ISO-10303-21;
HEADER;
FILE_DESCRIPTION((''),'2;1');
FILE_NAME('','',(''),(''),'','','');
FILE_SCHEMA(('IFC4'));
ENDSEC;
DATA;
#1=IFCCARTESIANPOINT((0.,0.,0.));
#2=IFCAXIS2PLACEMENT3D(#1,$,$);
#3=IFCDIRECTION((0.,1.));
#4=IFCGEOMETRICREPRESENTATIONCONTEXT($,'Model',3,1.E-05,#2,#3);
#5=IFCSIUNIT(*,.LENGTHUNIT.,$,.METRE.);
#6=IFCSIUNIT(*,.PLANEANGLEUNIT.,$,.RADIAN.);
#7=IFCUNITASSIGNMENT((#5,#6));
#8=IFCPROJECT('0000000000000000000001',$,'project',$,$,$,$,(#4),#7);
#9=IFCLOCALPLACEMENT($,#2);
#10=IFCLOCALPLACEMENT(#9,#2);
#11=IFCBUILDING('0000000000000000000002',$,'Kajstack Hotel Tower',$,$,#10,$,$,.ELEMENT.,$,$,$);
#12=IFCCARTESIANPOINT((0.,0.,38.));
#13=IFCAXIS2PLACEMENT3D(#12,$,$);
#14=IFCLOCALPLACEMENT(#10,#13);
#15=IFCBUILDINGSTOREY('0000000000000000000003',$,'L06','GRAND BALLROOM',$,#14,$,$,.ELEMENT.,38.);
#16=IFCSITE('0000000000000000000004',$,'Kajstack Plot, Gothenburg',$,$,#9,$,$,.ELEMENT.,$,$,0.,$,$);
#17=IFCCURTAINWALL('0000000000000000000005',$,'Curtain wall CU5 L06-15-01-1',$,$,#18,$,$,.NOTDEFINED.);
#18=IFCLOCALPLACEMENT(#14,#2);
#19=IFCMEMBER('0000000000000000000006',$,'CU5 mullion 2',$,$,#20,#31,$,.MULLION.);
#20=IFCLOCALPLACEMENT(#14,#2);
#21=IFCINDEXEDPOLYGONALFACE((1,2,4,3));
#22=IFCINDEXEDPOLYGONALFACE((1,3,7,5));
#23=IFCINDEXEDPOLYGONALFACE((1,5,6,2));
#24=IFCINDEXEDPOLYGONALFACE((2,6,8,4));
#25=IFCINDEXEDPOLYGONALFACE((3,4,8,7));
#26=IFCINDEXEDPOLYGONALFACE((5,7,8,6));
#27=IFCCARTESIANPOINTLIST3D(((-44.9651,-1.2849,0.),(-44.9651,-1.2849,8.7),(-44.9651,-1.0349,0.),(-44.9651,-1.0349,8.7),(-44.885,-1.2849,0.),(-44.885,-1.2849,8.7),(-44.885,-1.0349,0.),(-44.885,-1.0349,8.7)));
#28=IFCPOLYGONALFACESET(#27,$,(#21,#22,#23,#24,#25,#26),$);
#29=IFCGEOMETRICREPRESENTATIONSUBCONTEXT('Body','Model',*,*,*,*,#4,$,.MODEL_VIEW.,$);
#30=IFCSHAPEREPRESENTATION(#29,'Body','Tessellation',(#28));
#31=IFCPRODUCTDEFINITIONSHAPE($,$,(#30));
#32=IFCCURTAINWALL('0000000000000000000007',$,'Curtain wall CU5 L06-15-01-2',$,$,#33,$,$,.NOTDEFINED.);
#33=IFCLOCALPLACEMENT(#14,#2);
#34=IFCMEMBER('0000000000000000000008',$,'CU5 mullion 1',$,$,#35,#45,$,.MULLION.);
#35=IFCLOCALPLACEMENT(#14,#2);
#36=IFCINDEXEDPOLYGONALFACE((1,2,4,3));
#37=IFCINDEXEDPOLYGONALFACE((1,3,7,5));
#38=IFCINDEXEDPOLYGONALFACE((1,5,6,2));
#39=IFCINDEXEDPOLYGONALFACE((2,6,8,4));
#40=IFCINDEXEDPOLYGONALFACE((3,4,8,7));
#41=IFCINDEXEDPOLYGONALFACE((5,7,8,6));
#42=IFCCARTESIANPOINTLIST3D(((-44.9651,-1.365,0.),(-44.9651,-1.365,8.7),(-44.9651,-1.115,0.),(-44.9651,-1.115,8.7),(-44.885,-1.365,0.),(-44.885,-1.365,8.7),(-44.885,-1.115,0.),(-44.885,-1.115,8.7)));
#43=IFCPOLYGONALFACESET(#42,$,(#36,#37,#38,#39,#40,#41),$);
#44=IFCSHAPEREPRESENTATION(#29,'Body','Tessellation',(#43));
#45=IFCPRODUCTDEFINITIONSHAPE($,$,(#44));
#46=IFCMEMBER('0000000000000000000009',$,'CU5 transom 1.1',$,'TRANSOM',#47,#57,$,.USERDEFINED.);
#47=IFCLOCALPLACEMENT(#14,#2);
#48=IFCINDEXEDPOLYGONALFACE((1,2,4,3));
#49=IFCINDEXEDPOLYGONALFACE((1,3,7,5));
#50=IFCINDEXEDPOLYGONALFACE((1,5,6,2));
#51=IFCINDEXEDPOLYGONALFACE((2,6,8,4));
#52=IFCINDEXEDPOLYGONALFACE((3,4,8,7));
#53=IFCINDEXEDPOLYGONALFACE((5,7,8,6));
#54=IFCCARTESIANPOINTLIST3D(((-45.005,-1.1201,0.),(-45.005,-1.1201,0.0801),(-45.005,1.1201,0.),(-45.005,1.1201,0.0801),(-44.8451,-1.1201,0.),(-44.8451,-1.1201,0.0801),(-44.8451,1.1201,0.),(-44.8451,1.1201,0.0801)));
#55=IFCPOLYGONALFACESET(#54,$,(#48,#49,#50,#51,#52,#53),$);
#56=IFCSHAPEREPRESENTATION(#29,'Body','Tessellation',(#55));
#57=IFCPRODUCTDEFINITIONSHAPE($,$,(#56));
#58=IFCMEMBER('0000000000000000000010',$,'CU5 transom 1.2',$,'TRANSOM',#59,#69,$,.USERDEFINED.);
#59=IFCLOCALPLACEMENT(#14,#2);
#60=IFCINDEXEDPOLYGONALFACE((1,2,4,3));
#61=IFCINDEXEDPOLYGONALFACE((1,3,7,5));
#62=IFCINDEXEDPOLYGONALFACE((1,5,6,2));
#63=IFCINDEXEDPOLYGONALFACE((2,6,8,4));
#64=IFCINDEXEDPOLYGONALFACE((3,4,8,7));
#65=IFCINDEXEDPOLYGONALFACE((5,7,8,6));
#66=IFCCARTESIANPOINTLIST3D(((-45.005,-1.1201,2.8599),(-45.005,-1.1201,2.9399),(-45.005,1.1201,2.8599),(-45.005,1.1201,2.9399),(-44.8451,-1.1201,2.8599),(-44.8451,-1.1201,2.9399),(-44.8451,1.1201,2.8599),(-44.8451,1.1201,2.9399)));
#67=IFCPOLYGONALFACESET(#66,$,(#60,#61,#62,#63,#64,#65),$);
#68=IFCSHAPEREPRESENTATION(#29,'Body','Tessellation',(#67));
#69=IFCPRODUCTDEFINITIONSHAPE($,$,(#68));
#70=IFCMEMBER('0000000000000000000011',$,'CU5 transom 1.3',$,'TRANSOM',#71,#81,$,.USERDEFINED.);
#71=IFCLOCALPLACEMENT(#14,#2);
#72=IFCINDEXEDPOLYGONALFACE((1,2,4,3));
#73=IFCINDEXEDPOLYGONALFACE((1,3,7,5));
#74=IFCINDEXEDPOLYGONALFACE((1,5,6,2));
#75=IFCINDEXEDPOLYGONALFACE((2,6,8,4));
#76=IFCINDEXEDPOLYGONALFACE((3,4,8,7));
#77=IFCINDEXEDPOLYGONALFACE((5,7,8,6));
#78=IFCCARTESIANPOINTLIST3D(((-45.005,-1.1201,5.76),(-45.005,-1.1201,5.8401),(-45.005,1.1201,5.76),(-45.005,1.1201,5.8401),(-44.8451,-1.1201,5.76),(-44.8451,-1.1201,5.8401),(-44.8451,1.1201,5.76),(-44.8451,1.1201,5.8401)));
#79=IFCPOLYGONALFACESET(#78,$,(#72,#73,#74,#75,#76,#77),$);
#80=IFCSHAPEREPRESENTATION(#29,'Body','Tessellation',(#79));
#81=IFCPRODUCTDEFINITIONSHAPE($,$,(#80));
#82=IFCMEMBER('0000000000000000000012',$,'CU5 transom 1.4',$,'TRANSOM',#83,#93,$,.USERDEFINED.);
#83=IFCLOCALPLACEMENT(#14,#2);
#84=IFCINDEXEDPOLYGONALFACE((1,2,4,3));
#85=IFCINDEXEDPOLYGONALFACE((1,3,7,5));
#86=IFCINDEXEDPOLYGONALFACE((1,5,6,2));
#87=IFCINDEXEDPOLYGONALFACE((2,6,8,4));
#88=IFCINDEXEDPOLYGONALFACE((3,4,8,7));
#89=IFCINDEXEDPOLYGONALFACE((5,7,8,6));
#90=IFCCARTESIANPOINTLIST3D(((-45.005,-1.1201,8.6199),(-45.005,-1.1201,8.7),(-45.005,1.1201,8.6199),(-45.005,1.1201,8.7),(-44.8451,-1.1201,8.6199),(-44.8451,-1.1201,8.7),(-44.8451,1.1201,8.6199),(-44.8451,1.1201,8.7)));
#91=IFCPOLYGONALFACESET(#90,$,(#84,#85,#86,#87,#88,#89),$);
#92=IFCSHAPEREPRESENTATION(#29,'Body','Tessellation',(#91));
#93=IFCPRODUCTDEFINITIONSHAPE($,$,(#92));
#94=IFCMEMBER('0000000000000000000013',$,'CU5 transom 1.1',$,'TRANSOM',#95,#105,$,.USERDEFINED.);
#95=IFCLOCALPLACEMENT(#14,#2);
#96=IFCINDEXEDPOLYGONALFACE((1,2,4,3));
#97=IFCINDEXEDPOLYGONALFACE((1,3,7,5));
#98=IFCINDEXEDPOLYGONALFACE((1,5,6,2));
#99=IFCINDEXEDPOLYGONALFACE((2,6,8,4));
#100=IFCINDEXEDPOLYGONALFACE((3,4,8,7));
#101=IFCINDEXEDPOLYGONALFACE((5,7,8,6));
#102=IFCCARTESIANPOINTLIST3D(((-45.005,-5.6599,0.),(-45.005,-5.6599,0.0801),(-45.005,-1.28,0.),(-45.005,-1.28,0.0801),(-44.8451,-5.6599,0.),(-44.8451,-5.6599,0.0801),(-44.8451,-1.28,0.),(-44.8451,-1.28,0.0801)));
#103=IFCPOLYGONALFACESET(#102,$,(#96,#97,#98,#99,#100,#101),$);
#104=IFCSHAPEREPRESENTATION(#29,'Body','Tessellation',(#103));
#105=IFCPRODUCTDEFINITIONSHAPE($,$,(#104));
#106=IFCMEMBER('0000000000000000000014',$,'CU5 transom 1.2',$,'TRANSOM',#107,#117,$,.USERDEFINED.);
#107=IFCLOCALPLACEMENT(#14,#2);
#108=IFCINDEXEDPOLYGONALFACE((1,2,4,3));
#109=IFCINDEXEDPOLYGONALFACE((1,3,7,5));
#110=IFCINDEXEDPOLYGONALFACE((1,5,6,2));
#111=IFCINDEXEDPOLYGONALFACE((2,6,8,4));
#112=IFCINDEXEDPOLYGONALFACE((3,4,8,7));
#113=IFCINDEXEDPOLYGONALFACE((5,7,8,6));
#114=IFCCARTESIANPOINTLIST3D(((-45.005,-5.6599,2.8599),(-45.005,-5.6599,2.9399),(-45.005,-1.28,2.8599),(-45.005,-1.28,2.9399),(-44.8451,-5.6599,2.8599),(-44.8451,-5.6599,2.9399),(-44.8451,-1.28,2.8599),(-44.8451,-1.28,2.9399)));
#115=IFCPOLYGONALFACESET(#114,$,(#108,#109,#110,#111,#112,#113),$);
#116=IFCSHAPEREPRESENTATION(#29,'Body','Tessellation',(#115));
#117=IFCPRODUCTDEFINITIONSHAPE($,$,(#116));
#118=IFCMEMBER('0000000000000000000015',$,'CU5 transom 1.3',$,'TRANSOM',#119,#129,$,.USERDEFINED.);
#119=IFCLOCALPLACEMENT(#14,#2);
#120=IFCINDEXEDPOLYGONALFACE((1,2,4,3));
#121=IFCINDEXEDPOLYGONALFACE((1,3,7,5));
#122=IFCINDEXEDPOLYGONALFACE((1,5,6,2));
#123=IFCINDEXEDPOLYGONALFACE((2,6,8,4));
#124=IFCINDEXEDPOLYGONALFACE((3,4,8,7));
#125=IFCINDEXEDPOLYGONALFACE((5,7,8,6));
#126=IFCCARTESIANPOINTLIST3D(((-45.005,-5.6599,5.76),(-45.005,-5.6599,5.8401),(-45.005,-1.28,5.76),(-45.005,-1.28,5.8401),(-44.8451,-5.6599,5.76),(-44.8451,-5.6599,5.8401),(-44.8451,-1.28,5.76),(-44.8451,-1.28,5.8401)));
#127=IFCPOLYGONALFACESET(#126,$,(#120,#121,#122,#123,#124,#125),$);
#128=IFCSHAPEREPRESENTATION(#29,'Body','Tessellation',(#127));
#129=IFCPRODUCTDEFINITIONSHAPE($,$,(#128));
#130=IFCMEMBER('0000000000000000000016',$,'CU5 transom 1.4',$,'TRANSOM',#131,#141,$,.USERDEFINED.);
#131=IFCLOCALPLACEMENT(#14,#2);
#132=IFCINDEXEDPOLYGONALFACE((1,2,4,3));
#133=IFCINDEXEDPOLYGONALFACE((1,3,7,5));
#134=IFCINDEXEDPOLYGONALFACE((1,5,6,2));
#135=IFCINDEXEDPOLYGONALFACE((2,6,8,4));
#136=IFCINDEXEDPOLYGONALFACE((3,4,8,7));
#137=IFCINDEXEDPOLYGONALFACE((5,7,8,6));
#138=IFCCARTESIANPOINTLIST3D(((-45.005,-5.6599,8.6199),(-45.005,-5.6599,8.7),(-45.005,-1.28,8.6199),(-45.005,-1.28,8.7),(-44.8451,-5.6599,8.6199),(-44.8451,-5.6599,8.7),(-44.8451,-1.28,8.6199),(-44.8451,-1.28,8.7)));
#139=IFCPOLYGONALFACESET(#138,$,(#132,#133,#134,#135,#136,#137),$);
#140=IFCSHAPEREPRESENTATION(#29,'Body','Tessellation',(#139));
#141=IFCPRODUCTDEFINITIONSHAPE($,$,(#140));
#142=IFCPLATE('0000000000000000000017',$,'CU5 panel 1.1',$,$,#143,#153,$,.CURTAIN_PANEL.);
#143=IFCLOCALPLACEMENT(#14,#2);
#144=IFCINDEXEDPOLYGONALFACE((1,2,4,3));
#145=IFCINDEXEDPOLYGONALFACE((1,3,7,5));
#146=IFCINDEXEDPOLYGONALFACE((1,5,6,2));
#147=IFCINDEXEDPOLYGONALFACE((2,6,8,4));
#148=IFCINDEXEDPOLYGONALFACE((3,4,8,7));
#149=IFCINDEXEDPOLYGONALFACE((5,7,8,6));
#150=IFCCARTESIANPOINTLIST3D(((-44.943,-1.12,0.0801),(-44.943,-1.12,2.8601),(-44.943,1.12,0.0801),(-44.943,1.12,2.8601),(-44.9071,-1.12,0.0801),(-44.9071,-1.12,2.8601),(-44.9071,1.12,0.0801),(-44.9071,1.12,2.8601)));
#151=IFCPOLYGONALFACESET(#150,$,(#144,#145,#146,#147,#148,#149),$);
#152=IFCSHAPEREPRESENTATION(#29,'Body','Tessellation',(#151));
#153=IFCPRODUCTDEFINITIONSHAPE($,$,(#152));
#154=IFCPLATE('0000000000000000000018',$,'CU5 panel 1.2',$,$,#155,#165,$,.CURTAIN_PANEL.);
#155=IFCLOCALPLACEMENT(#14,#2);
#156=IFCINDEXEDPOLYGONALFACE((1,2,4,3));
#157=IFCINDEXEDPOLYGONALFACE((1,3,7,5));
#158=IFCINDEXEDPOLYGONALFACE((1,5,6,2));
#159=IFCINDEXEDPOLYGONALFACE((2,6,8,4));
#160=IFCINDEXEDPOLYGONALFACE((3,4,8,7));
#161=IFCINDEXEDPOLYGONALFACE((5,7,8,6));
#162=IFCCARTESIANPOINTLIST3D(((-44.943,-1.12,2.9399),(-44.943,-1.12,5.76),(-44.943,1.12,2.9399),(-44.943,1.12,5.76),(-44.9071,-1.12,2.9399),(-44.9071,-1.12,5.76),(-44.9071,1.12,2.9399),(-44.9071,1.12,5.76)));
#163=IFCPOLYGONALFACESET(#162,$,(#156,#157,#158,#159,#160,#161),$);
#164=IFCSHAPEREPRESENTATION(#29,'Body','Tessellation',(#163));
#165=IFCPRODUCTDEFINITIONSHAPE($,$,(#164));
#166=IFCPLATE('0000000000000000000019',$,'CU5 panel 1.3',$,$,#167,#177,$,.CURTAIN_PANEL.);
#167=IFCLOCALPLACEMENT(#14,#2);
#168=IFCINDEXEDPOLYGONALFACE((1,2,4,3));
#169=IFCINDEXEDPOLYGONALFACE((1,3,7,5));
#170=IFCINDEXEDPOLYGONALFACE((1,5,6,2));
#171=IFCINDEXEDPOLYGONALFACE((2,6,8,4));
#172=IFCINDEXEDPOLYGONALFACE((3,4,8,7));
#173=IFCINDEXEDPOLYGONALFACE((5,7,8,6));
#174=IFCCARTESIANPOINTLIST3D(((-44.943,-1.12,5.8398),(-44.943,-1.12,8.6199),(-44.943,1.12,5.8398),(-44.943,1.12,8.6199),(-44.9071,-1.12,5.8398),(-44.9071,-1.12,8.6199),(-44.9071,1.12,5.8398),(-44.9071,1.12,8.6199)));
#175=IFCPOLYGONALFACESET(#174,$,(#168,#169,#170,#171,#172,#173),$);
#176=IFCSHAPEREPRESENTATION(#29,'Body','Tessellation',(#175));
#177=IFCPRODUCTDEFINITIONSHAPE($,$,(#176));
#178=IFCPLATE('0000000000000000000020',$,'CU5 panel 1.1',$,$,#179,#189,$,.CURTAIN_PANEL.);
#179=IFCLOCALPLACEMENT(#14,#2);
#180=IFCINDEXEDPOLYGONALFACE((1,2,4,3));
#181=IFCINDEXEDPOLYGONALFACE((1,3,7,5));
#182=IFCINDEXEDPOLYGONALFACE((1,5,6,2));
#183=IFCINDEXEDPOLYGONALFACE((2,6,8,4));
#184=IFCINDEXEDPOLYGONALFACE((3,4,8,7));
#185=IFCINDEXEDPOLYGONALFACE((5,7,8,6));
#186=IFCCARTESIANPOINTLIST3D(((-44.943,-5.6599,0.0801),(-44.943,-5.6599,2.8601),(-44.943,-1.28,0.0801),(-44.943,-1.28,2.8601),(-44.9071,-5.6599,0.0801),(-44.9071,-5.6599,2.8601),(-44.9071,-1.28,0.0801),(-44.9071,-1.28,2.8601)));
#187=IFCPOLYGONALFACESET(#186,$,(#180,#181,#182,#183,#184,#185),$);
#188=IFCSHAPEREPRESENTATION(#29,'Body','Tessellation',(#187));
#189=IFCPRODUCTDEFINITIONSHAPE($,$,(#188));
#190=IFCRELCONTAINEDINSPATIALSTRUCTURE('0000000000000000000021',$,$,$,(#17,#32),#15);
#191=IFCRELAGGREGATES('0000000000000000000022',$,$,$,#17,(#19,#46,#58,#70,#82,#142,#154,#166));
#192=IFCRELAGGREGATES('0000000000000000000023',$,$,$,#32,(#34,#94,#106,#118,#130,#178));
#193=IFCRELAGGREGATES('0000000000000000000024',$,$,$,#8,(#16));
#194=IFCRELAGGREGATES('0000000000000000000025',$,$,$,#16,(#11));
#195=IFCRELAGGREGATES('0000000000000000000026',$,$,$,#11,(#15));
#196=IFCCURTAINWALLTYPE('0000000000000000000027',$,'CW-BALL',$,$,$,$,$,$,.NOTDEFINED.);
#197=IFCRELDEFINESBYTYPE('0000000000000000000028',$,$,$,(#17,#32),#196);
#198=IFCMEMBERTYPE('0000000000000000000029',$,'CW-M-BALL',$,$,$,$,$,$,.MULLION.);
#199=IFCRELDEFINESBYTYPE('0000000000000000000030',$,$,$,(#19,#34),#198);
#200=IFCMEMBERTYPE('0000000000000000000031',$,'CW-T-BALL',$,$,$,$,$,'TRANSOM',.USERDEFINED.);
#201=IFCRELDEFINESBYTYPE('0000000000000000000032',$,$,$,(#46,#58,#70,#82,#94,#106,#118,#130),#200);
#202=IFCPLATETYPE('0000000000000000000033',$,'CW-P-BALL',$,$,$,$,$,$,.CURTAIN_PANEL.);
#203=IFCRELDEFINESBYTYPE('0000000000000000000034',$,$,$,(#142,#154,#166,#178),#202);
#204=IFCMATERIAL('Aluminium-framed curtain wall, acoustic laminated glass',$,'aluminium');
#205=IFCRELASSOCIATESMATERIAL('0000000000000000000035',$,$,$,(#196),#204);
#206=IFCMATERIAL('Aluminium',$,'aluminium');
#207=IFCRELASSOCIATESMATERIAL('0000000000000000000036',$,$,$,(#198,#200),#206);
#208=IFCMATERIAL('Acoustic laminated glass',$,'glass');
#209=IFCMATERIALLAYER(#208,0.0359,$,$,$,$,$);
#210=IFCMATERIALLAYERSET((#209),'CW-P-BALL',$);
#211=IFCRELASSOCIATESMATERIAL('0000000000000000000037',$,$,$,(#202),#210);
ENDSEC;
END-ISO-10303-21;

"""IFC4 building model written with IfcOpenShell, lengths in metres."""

from ifc_helpers import new_model, si_unit, direction, frame, origin, origin_2d, place, context, subcontext, project, spatial, rectangle, extrude, material, layer, layer_set, material_profile, profile_set, type_object, element, aggregate, save


model = new_model("IFC4")

# Units and contexts
model_context = context("Model", 3, precision=1e-05, world=origin(), true_north=direction((0.0, 1.0)))
body_context = subcontext(model_context, "Body", "Model", "MODEL_VIEW")
ifc_project = project(units=[si_unit("LENGTHUNIT", "METRE"), si_unit("PLANEANGLEUNIT", "RADIAN")], contexts=[model_context])

# Site, building, storey
site_placement = place(None, origin())
site = spatial("IfcSite", under=ifc_project, at=site_placement, Name="Kajstack Plot, Gothenburg", CompositionType="ELEMENT", RefElevation=0.0)
building_placement = place(site_placement, origin())
building = spatial("IfcBuilding", under=site, at=building_placement, Name="Kajstack Hotel Tower", CompositionType="ELEMENT")
storey_placement = place(building_placement, frame((0.0, 0.0, 38.0)))
storey = spatial("IfcBuildingStorey", under=building, at=storey_placement, Name="L06", Description="GRAND BALLROOM", CompositionType="ELEMENT", Elevation=38.0)

# Curtain walls, members
ifc_material_1 = material(Name="Aluminium-framed curtain wall, acoustic laminated glass", Category="aluminium")
curtain_wall_type = type_object("IfcCurtainWallType", Name="CW-BALL", PredefinedType="NOTDEFINED", material=ifc_material_1)
curtain_wall_1_placement = place(storey_placement, origin())
curtain_wall_1 = element("IfcCurtainWall", 1, at=curtain_wall_1_placement, inside=storey, type_object=curtain_wall_type, Name="Curtain wall CU5 L06-15-01-1", PredefinedType="NOTDEFINED")
ifc_material_2 = material(Name="Aluminium", Category="aluminium")
ifc_material_profile_1 = material_profile(ifc_material_2, rectangle(XDim=0.0801, YDim=0.25, at=origin_2d()), Name="Aluminium mullion 80 x 250")
ifc_profile_set_1 = profile_set([ifc_material_profile_1], Name="Aluminium")
member_type_1 = type_object("IfcMemberType", Name="CW-M-BALL", PredefinedType="MULLION", material=ifc_profile_set_1)
member_1_placement = place(storey_placement, frame((-44.925, -1.1599, 0.0), z_axis=(0.0, 0.0, 1.0), x_axis=(1.0, 0.0, 0.0)))
member_1 = element("IfcMember", 2, at=member_1_placement, type_object=member_type_1, Name="CU5 mullion 2", PredefinedType="MULLION", context=body_context, shape_type="SweptSolid", body=[
    extrude(rectangle(XDim=0.0801, YDim=0.25, at=origin_2d()), origin(), (0.0, 0.0, 1.0), 8.7),
])
curtain_wall_2_placement = place(storey_placement, origin())
curtain_wall_2 = element("IfcCurtainWall", 3, at=curtain_wall_2_placement, inside=storey, type_object=curtain_wall_type, Name="Curtain wall CU5 L06-15-01-2", PredefinedType="NOTDEFINED")
member_2_placement = place(storey_placement, frame((-44.925, -1.24, 0.0), z_axis=(0.0, 0.0, 1.0), x_axis=(1.0, 0.0, 0.0)))
member_2 = element("IfcMember", 4, at=member_2_placement, type_object=member_type_1, Name="CU5 mullion 1", PredefinedType="MULLION", context=body_context, shape_type="SweptSolid", body=[
    extrude(rectangle(XDim=0.0801, YDim=0.25, at=origin_2d()), origin(), (0.0, 0.0, 1.0), 8.7),
])

# Members
ifc_material_profile_2 = material_profile(ifc_material_2, rectangle(XDim=0.1599, YDim=0.0801, at=origin_2d()), Name="Aluminium transom 160 x 80")
ifc_profile_set_2 = profile_set([ifc_material_profile_2], Name="Aluminium")
member_type_2 = type_object("IfcMemberType", Name="CW-T-BALL", ElementType="TRANSOM", PredefinedType="USERDEFINED", material=ifc_profile_set_2)
member_3_placement = place(storey_placement, frame((-44.925, 1.1201, 0.04), z_axis=(0.0, -1.0, 0.0), x_axis=(1.0, 0.0, 0.0)))
member_3 = element("IfcMember", 5, at=member_3_placement, type_object=member_type_2, Name="CU5 transom 1.1", ObjectType="TRANSOM", PredefinedType="USERDEFINED", context=body_context, shape_type="SweptSolid", body=[
    extrude(rectangle(XDim=0.1599, YDim=0.0801, at=origin_2d()), origin(), (0.0, 0.0, 1.0), 2.2402),
])
member_4_placement = place(storey_placement, frame((-44.925, 1.1201, 2.8999), z_axis=(0.0, -1.0, 0.0), x_axis=(1.0, 0.0, 0.0)))
member_4 = element("IfcMember", 6, at=member_4_placement, type_object=member_type_2, Name="CU5 transom 1.2", ObjectType="TRANSOM", PredefinedType="USERDEFINED", context=body_context, shape_type="SweptSolid", body=[
    extrude(rectangle(XDim=0.1599, YDim=0.0801, at=origin_2d()), origin(), (0.0, 0.0, 1.0), 2.2402),
])
member_5_placement = place(storey_placement, frame((-44.925, 1.1201, 5.8), z_axis=(0.0, -1.0, 0.0), x_axis=(1.0, 0.0, 0.0)))
member_5 = element("IfcMember", 7, at=member_5_placement, type_object=member_type_2, Name="CU5 transom 1.3", ObjectType="TRANSOM", PredefinedType="USERDEFINED", context=body_context, shape_type="SweptSolid", body=[
    extrude(rectangle(XDim=0.1599, YDim=0.0801, at=origin_2d()), origin(), (0.0, 0.0, 1.0), 2.2402),
])
member_6_placement = place(storey_placement, frame((-44.925, 1.1201, 8.6599), z_axis=(0.0, -1.0, 0.0), x_axis=(1.0, 0.0, 0.0)))
member_6 = element("IfcMember", 8, at=member_6_placement, type_object=member_type_2, Name="CU5 transom 1.4", ObjectType="TRANSOM", PredefinedType="USERDEFINED", context=body_context, shape_type="SweptSolid", body=[
    extrude(rectangle(XDim=0.1599, YDim=0.0801, at=origin_2d()), origin(), (0.0, 0.0, 1.0), 2.2402),
])
member_7_placement = place(storey_placement, frame((-44.925, -1.28, 0.04), z_axis=(0.0, -1.0, 0.0), x_axis=(1.0, 0.0, 0.0)))
member_7 = element("IfcMember", 9, at=member_7_placement, type_object=member_type_2, Name="CU5 transom 1.1", ObjectType="TRANSOM", PredefinedType="USERDEFINED", context=body_context, shape_type="SweptSolid", body=[
    extrude(rectangle(XDim=0.1599, YDim=0.0801, at=origin_2d()), origin(), (0.0, 0.0, 1.0), 4.3799),
])
member_8_placement = place(storey_placement, frame((-44.925, -1.28, 2.8999), z_axis=(0.0, -1.0, 0.0), x_axis=(1.0, 0.0, 0.0)))
member_8 = element("IfcMember", 10, at=member_8_placement, type_object=member_type_2, Name="CU5 transom 1.2", ObjectType="TRANSOM", PredefinedType="USERDEFINED", context=body_context, shape_type="SweptSolid", body=[
    extrude(rectangle(XDim=0.1599, YDim=0.0801, at=origin_2d()), origin(), (0.0, 0.0, 1.0), 4.3799),
])
member_9_placement = place(storey_placement, frame((-44.925, -1.28, 5.8), z_axis=(0.0, -1.0, 0.0), x_axis=(1.0, 0.0, 0.0)))
member_9 = element("IfcMember", 11, at=member_9_placement, type_object=member_type_2, Name="CU5 transom 1.3", ObjectType="TRANSOM", PredefinedType="USERDEFINED", context=body_context, shape_type="SweptSolid", body=[
    extrude(rectangle(XDim=0.1599, YDim=0.0801, at=origin_2d()), origin(), (0.0, 0.0, 1.0), 4.3799),
])
member_10_placement = place(storey_placement, frame((-44.925, -1.28, 8.6599), z_axis=(0.0, -1.0, 0.0), x_axis=(1.0, 0.0, 0.0)))
member_10 = element("IfcMember", 12, at=member_10_placement, type_object=member_type_2, Name="CU5 transom 1.4", ObjectType="TRANSOM", PredefinedType="USERDEFINED", context=body_context, shape_type="SweptSolid", body=[
    extrude(rectangle(XDim=0.1599, YDim=0.0801, at=origin_2d()), origin(), (0.0, 0.0, 1.0), 4.3799),
])

# Plates
ifc_material_3 = material(Name="Acoustic laminated glass", Category="glass")
ifc_layer_1 = layer(ifc_material_3, 0.0359)
ifc_layer_set_1 = layer_set([ifc_layer_1], Name="CW-P-BALL")
plate_type = type_object("IfcPlateType", Name="CW-P-BALL", PredefinedType="CURTAIN_PANEL", material=ifc_layer_set_1)
plate_1_placement = place(storey_placement, frame((-44.925, 0.0, 0.0801), z_axis=(0.0, 0.0, 1.0), x_axis=(0.0, -1.0, 0.0)))
plate_1 = element("IfcPlate", 13, at=plate_1_placement, type_object=plate_type, Name="CU5 panel 1.1", PredefinedType="CURTAIN_PANEL", context=body_context, shape_type="SweptSolid", body=[
    extrude(rectangle(XDim=2.24, YDim=0.0359, at=origin_2d()), origin(), (0.0, 0.0, 1.0), 2.78),
])
plate_2_placement = place(storey_placement, frame((-44.925, 0.0, 2.9399), z_axis=(0.0, 0.0, 1.0), x_axis=(0.0, -1.0, 0.0)))
plate_2 = element("IfcPlate", 14, at=plate_2_placement, type_object=plate_type, Name="CU5 panel 1.2", PredefinedType="CURTAIN_PANEL", context=body_context, shape_type="SweptSolid", body=[
    extrude(rectangle(XDim=2.24, YDim=0.0359, at=origin_2d()), origin(), (0.0, 0.0, 1.0), 2.8201),
])
plate_3_placement = place(storey_placement, frame((-44.925, 0.0, 5.8398), z_axis=(0.0, 0.0, 1.0), x_axis=(0.0, -1.0, 0.0)))
plate_3 = element("IfcPlate", 15, at=plate_3_placement, type_object=plate_type, Name="CU5 panel 1.3", PredefinedType="CURTAIN_PANEL", context=body_context, shape_type="SweptSolid", body=[
    extrude(rectangle(XDim=2.24, YDim=0.0359, at=origin_2d()), origin(), (0.0, 0.0, 1.0), 2.78),
])
aggregate(curtain_wall_1, [member_1, member_3, member_4, member_5, member_6, plate_1, plate_2, plate_3])
plate_4_placement = place(storey_placement, frame((-44.925, -3.47, 0.0801), z_axis=(0.0, 0.0, 1.0), x_axis=(0.0, -1.0, 0.0)))
plate_4 = element("IfcPlate", 16, at=plate_4_placement, type_object=plate_type, Name="CU5 panel 1.1", PredefinedType="CURTAIN_PANEL", context=body_context, shape_type="SweptSolid", body=[
    extrude(rectangle(XDim=4.3799, YDim=0.0359, at=origin_2d()), origin(), (0.0, 0.0, 1.0), 2.78),
])
aggregate(curtain_wall_2, [member_2, member_7, member_8, member_9, member_10, plate_4])

save(model, "model.ifc")
